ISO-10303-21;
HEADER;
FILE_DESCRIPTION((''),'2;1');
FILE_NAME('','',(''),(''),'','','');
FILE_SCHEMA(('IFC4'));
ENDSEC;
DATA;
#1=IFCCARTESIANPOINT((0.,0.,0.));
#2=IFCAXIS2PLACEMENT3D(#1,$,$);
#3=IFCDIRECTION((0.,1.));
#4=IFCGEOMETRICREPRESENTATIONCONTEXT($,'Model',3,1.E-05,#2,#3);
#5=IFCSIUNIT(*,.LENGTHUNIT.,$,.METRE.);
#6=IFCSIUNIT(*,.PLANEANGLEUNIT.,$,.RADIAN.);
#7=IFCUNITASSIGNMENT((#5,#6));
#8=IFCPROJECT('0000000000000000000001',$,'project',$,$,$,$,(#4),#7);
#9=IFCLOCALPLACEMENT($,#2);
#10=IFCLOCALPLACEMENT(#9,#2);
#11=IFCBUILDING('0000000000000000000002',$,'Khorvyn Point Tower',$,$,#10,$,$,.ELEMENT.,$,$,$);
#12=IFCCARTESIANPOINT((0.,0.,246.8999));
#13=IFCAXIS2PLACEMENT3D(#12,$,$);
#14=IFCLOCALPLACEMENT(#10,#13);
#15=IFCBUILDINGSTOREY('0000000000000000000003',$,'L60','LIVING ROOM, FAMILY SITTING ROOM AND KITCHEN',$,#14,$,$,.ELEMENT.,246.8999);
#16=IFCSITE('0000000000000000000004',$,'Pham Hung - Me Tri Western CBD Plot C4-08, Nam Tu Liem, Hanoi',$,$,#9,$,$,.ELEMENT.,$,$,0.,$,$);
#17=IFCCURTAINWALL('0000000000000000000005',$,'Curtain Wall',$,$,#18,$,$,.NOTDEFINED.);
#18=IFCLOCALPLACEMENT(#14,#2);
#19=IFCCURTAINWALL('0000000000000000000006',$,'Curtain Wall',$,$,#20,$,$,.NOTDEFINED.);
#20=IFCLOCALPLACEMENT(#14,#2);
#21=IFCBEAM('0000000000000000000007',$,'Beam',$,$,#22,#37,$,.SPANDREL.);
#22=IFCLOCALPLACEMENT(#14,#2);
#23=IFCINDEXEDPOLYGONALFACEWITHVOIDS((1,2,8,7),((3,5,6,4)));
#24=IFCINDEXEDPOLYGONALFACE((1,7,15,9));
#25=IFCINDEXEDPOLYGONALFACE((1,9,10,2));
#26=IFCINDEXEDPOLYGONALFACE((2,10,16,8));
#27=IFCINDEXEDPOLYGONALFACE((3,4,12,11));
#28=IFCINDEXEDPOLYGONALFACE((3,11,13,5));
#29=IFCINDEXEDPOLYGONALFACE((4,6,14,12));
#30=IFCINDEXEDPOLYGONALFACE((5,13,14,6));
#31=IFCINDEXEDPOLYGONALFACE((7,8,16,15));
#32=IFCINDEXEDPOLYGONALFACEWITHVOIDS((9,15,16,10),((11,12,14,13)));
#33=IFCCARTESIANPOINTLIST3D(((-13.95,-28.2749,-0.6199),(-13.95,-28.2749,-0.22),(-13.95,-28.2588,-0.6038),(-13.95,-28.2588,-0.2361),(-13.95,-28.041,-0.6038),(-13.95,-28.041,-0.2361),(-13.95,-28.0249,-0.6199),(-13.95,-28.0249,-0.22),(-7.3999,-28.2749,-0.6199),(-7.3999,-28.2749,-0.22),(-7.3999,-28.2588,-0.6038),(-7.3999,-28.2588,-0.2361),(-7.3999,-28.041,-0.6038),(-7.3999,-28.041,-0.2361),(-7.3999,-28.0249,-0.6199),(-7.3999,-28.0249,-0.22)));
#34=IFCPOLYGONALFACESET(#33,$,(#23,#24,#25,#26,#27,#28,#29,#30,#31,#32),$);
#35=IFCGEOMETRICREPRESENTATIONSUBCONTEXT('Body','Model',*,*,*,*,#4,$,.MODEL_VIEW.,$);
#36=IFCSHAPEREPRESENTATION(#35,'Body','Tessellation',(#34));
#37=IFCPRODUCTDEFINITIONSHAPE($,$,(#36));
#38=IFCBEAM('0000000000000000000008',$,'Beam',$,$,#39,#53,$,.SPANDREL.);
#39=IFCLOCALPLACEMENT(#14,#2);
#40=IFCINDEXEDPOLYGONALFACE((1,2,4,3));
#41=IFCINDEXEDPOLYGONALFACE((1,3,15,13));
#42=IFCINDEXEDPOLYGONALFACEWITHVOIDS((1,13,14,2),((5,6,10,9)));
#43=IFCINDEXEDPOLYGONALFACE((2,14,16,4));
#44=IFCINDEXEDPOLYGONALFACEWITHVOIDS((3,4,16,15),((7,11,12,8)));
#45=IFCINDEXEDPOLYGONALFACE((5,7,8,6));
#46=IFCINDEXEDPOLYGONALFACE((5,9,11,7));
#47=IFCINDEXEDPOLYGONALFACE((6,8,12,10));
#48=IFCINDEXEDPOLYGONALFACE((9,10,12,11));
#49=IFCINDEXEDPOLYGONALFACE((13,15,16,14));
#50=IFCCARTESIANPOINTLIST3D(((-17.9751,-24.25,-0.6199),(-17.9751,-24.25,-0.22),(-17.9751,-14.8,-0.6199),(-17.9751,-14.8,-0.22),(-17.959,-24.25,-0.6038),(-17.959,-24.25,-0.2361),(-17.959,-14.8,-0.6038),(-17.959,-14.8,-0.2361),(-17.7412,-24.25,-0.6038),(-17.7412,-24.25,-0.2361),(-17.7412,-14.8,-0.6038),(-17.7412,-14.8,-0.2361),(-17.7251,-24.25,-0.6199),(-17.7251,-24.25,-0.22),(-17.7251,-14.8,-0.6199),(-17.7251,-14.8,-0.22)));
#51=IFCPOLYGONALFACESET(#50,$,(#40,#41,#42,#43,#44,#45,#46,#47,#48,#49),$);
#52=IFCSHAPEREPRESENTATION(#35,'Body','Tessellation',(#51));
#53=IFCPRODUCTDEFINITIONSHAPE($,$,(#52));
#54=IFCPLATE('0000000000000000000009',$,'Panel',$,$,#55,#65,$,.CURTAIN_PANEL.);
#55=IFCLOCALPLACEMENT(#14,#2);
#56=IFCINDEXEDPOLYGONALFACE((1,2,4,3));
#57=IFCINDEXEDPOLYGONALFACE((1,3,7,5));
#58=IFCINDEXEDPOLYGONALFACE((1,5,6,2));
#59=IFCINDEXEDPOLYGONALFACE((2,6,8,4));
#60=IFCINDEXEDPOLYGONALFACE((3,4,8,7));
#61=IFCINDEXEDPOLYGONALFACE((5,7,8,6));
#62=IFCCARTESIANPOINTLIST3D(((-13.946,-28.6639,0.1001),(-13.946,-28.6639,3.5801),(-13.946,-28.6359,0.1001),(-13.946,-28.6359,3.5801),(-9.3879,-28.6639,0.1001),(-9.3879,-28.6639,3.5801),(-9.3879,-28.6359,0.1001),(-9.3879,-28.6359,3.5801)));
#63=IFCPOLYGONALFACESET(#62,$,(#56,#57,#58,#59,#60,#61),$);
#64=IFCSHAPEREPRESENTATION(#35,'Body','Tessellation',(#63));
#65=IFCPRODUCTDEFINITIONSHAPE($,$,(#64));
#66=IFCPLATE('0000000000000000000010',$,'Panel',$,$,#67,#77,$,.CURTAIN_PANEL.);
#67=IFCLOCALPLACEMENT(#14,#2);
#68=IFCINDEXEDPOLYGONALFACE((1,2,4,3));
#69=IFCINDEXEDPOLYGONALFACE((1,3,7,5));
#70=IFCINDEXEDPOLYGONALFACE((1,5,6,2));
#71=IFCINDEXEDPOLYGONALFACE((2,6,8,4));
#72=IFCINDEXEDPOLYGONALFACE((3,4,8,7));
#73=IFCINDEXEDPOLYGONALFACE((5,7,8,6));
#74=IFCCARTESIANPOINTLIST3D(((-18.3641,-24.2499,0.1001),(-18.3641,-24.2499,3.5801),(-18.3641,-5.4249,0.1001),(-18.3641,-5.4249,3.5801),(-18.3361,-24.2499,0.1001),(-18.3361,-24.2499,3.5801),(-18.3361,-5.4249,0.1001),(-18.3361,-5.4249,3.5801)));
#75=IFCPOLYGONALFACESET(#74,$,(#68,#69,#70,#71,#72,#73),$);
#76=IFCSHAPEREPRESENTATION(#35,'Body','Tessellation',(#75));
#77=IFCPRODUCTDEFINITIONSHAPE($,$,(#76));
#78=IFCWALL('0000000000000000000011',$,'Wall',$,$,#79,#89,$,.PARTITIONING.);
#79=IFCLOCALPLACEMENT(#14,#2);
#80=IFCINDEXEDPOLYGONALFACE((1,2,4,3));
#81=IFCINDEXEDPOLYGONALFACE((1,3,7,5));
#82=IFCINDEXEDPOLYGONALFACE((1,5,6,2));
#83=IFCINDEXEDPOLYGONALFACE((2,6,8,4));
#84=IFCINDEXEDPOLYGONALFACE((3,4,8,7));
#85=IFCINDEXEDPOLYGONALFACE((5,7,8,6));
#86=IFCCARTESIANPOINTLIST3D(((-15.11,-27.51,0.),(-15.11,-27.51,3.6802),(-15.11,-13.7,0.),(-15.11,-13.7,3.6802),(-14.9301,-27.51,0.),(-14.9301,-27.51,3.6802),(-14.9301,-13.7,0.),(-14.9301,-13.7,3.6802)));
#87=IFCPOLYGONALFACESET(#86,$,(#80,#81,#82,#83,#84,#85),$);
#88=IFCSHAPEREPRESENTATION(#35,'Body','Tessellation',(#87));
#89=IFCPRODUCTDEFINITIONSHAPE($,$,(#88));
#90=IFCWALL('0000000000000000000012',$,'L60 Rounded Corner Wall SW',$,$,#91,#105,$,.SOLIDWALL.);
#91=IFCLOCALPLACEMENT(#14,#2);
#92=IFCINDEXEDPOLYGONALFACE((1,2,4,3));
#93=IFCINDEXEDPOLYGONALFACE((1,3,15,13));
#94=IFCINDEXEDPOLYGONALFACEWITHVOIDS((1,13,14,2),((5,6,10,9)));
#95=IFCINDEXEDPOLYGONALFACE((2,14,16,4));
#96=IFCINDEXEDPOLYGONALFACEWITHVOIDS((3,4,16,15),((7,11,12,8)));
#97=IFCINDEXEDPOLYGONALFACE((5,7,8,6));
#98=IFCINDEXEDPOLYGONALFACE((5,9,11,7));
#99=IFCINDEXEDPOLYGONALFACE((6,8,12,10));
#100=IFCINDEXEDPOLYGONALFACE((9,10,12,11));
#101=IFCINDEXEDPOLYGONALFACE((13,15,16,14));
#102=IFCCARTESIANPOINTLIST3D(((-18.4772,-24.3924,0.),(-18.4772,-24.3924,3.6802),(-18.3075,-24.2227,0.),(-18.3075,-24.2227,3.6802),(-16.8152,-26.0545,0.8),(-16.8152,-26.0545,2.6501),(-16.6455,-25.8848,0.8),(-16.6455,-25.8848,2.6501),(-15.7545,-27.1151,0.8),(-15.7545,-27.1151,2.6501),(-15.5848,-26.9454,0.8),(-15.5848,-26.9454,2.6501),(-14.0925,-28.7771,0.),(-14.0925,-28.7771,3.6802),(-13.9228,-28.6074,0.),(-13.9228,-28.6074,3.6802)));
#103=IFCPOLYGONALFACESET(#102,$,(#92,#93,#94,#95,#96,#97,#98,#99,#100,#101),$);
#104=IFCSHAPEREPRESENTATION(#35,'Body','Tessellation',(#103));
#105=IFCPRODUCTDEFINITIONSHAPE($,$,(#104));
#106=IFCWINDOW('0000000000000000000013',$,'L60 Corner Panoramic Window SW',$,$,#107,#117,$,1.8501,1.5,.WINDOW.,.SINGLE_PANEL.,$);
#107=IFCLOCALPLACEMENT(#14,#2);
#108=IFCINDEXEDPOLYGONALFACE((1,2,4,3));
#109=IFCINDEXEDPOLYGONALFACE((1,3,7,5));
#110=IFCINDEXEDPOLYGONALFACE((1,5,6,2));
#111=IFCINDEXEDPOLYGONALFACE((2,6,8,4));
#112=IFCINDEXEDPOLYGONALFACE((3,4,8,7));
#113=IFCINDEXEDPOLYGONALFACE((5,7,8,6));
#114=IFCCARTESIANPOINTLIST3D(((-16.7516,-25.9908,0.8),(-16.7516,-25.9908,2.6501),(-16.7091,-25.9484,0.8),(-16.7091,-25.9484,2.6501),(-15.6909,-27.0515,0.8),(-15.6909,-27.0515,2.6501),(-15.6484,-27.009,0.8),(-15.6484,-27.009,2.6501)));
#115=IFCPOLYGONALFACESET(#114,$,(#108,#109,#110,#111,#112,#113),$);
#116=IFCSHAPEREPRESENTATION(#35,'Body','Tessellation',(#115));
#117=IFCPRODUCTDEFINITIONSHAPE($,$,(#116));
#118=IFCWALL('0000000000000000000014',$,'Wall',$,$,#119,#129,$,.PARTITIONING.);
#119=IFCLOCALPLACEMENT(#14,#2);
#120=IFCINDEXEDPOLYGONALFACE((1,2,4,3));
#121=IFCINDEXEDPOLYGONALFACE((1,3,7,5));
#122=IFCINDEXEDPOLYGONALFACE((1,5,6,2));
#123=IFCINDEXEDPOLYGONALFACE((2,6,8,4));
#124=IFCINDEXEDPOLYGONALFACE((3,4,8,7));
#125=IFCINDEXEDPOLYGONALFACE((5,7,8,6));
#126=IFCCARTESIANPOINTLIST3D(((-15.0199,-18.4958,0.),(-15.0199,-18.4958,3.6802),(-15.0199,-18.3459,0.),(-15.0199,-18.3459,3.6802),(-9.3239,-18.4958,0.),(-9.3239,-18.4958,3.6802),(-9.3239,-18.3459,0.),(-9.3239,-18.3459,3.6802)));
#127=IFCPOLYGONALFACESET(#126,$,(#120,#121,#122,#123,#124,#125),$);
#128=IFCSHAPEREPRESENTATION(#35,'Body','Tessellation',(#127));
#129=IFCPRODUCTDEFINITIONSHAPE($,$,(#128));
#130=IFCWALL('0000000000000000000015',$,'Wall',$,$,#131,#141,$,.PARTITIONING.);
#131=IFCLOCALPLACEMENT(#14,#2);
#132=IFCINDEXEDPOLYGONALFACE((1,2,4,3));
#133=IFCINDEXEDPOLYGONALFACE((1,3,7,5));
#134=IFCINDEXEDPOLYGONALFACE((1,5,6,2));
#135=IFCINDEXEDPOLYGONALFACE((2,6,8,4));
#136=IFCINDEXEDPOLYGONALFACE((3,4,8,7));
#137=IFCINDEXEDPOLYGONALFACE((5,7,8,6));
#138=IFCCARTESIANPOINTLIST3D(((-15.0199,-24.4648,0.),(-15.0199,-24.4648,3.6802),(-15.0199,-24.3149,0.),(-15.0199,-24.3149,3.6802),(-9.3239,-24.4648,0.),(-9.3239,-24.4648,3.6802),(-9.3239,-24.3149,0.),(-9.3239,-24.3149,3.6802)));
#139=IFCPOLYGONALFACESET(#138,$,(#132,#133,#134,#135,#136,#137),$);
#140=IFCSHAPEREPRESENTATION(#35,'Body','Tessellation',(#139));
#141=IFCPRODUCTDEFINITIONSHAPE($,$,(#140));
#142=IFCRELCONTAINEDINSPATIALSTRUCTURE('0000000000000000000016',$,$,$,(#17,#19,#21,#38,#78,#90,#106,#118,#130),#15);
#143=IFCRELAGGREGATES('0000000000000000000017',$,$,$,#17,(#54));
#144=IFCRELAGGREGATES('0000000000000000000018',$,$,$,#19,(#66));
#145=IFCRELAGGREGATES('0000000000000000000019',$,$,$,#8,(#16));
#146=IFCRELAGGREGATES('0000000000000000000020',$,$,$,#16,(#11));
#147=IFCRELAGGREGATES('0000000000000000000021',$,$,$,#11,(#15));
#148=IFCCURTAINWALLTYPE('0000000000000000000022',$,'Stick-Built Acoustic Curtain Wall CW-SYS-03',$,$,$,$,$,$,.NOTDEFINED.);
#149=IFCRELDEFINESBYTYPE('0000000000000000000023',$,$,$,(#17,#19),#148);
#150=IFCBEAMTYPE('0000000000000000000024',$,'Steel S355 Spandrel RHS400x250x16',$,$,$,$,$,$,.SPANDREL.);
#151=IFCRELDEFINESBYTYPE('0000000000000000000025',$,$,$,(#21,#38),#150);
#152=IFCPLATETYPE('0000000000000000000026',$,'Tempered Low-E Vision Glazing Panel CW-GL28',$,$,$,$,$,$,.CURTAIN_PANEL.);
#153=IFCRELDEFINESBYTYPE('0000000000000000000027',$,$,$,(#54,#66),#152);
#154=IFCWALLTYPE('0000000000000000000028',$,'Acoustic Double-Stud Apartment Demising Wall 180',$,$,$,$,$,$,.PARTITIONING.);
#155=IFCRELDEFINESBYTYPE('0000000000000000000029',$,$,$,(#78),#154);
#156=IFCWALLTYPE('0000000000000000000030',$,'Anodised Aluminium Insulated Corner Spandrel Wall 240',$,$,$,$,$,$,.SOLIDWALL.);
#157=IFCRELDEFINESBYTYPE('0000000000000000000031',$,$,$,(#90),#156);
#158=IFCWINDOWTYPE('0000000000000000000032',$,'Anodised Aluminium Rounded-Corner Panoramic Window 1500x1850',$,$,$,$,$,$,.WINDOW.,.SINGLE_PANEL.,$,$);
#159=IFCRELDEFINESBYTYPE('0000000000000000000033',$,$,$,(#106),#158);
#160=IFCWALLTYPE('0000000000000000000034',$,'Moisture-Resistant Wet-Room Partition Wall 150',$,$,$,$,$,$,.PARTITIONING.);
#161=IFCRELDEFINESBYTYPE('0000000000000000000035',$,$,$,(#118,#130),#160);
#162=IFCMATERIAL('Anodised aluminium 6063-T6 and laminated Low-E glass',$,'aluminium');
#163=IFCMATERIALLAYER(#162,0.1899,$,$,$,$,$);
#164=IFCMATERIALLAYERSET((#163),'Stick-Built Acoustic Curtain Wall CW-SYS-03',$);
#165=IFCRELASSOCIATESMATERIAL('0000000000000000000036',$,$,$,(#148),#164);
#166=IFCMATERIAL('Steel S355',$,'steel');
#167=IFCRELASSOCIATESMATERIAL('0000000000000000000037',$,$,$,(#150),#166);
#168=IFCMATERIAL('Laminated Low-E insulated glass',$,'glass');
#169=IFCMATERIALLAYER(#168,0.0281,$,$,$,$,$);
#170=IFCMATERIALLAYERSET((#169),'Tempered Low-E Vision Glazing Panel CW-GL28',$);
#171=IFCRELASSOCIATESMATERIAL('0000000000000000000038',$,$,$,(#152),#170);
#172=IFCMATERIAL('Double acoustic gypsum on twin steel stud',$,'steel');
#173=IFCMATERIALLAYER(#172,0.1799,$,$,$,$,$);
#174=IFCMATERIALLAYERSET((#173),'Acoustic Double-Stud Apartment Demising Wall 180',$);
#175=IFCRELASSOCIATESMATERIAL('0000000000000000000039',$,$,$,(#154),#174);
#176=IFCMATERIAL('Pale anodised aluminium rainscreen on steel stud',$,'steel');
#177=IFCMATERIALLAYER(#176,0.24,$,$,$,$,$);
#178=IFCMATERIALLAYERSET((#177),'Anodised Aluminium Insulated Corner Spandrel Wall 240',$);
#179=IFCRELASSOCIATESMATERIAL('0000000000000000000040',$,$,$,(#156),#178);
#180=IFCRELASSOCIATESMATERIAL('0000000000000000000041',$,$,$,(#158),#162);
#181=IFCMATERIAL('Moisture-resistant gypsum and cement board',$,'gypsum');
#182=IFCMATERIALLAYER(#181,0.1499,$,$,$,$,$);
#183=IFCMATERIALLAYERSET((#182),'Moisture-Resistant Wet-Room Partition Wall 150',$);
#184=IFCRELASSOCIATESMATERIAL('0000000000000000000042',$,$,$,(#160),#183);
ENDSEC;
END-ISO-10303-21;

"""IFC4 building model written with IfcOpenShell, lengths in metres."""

from ifc_helpers import new_model, si_unit, direction, frame, frame_2d, origin, origin_2d, place, context, subcontext, project, spatial, rectangle, hollow_rectangle, extrude, material, layer, layer_set, material_profile, profile_set, type_object, element, fill, aggregate, save


model = new_model("IFC4")

# Units and contexts
model_context = context("Model", 3, precision=1e-05, world=origin(), true_north=direction((0.0, 1.0)))
body_context = subcontext(model_context, "Body", "Model", "MODEL_VIEW")
ifc_project = project(units=[si_unit("LENGTHUNIT", "METRE"), si_unit("PLANEANGLEUNIT", "RADIAN")], contexts=[model_context])

# Site, building, storey
site_placement = place(None, origin())
site = spatial("IfcSite", under=ifc_project, at=site_placement, Name="Pham Hung - Me Tri Western CBD Plot C4-08, Nam Tu Liem, Hanoi", CompositionType="ELEMENT", RefElevation=0.0)
building_placement = place(site_placement, origin())
building = spatial("IfcBuilding", under=site, at=building_placement, Name="Khorvyn Point Tower", CompositionType="ELEMENT")
storey_placement = place(building_placement, frame((0.0, 0.0, 246.8999)))
storey = spatial("IfcBuildingStorey", under=building, at=storey_placement, Name="L60", Description="LIVING ROOM, FAMILY SITTING ROOM AND KITCHEN", CompositionType="ELEMENT", Elevation=246.8999)

# Curtain wall
ifc_material_1 = material(Name="Anodised aluminium 6063-T6 and laminated Low-E glass", Category="aluminium")
ifc_layer_1 = layer(ifc_material_1, 0.1899)
ifc_layer_set_1 = layer_set([ifc_layer_1], Name="Stick-Built Acoustic Curtain Wall CW-SYS-03")
curtain_wall_type = type_object("IfcCurtainWallType", Name="Stick-Built Acoustic Curtain Wall CW-SYS-03", PredefinedType="NOTDEFINED", material=ifc_layer_set_1)
curtain_wall_1_placement = place(storey_placement, origin())
curtain_wall_1 = element("IfcCurtainWall", 1, at=curtain_wall_1_placement, inside=storey, type_object=curtain_wall_type, Name="Curtain Wall", PredefinedType="NOTDEFINED")

# Curtain wall
curtain_wall_2_placement = place(storey_placement, origin())
curtain_wall_2 = element("IfcCurtainWall", 2, at=curtain_wall_2_placement, inside=storey, type_object=curtain_wall_type, Name="Curtain Wall", PredefinedType="NOTDEFINED")

# Beams
ifc_material_2 = material(Name="Steel S355", Category="steel")
ifc_material_profile_1 = material_profile(ifc_material_2, hollow_rectangle(XDim=0.25, YDim=0.3999, WallThickness=0.0161, at=origin_2d()))
ifc_profile_set_1 = profile_set([ifc_material_profile_1], Name="Steel S355 RHS400x250x16")
beam_type_1 = type_object("IfcBeamType", Name="Steel S355 Spandrel RHS400x250x16", PredefinedType="SPANDREL", material=ifc_profile_set_1)
beam_1_placement = place(storey_placement, frame((-13.95, -28.1499, -0.4199), z_axis=(1.0, 0.0, 0.0), x_axis=(0.0, 1.0, 0.0)))
element("IfcBeam", 3, at=beam_1_placement, inside=storey, type_object=beam_type_1, Name="Beam", PredefinedType="SPANDREL", context=body_context, shape_type="SweptSolid", body=[
    extrude(hollow_rectangle(XDim=0.25, YDim=0.3999, WallThickness=0.0161, at=origin_2d()), origin(), (0.0, 0.0, 1.0), 6.55),
])
beam_2_placement = place(storey_placement, frame((-17.8501, -24.25, -0.4199), z_axis=(0.0, 1.0, 0.0), x_axis=(-1.0, 0.0, 0.0)))
element("IfcBeam", 4, at=beam_2_placement, inside=storey, type_object=beam_type_1, Name="Beam", PredefinedType="SPANDREL", context=body_context, shape_type="SweptSolid", body=[
    extrude(hollow_rectangle(XDim=0.25, YDim=0.3999, WallThickness=0.0161, at=origin_2d()), origin(), (0.0, 0.0, 1.0), 9.45),
])

# Plates
ifc_material_3 = material(Name="Laminated Low-E insulated glass", Category="glass")
ifc_layer_2 = layer(ifc_material_3, 0.0281)
ifc_layer_set_2 = layer_set([ifc_layer_2], Name="Tempered Low-E Vision Glazing Panel CW-GL28")
plate_type = type_object("IfcPlateType", Name="Tempered Low-E Vision Glazing Panel CW-GL28", PredefinedType="CURTAIN_PANEL", material=ifc_layer_set_2)
plate_1_placement = place(storey_placement, frame((-11.667, -28.6499, 0.1001), z_axis=(0.0, 0.0, 1.0), x_axis=(-1.0, 0.0, 0.0)))
plate_1 = element("IfcPlate", 5, at=plate_1_placement, type_object=plate_type, Name="Panel", PredefinedType="CURTAIN_PANEL", context=body_context, shape_type="SweptSolid", body=[
    extrude(rectangle(XDim=4.5581, YDim=0.0281, at=origin_2d()), origin(), (0.0, 0.0, 1.0), 3.48),
])
aggregate(curtain_wall_1, [plate_1])
plate_2_placement = place(storey_placement, frame((-18.3501, -14.8374, 0.1001), z_axis=(0.0, 0.0, 1.0), x_axis=(0.0, 1.0, 0.0)))
plate_2 = element("IfcPlate", 6, at=plate_2_placement, type_object=plate_type, Name="Panel", PredefinedType="CURTAIN_PANEL", context=body_context, shape_type="SweptSolid", body=[
    extrude(rectangle(XDim=18.825, YDim=0.0281, at=origin_2d()), origin(), (0.0, 0.0, 1.0), 3.48),
])
aggregate(curtain_wall_2, [plate_2])

# Wall
ifc_material_4 = material(Name="Double acoustic gypsum on twin steel stud", Category="steel")
ifc_layer_3 = layer(ifc_material_4, 0.1799)
ifc_layer_set_3 = layer_set([ifc_layer_3], Name="Acoustic Double-Stud Apartment Demising Wall 180")
wall_type_1 = type_object("IfcWallType", Name="Acoustic Double-Stud Apartment Demising Wall 180", PredefinedType="PARTITIONING", material=ifc_layer_set_3)
wall_1_placement = place(storey_placement, frame((-15.02, -27.51, 0.0), z_axis=(0.0, 0.0, 1.0), x_axis=(0.0, 1.0, 0.0)))
element("IfcWall", 7, at=wall_1_placement, inside=storey, type_object=wall_type_1, Name="Wall", PredefinedType="PARTITIONING", context=body_context, shape_type="SweptSolid", body=[
    extrude(rectangle(XDim=13.8101, YDim=0.1799, at=frame_2d((6.905, 0.0))), origin(), (0.0, 0.0, 1.0), 3.6802),
])

# Wall, opening, window
ifc_material_5 = material(Name="Pale anodised aluminium rainscreen on steel stud", Category="steel")
ifc_layer_4 = layer(ifc_material_5, 0.24)
ifc_layer_set_4 = layer_set([ifc_layer_4], Name="Anodised Aluminium Insulated Corner Spandrel Wall 240")
wall_type_2 = type_object("IfcWallType", Name="Anodised Aluminium Insulated Corner Spandrel Wall 240", PredefinedType="SOLIDWALL", material=ifc_layer_set_4)
wall_2_placement = place(storey_placement, frame((-14.0076, -28.6924, 0.0), z_axis=(0.0, 0.0, 1.0), x_axis=(-0.707107, 0.707107, 0.0)))
wall_2 = element("IfcWall", 8, at=wall_2_placement, inside=storey, type_object=wall_type_2, Name="L60 Rounded Corner Wall SW", PredefinedType="SOLIDWALL", context=body_context, shape_type="SweptSolid", body=[
    extrude(rectangle(XDim=6.2009, YDim=0.24, at=frame_2d((3.1006, 0.0))), origin(), (0.0, 0.0, 1.0), 3.6802),
])
opening_placement = place(wall_2_placement, frame((2.3506, 0.0, 0.8)))
opening = element("IfcOpeningElement", 9, at=opening_placement, cuts=wall_2, PredefinedType="OPENING", context=body_context, shape_type="SweptSolid", body=[
    extrude(rectangle(XDim=1.5, YDim=1.8501, at=frame_2d((0.75, 0.925))), frame((0.0, 0.1299, 0.0), z_axis=(0.0, -1.0, 0.0), x_axis=(1.0, 0.0, 0.0)), (0.0, 0.0, 1.0), 0.26),
])
window_type = type_object("IfcWindowType", Name="Anodised Aluminium Rounded-Corner Panoramic Window 1500x1850", PartitioningType="SINGLE_PANEL", PredefinedType="WINDOW", material=ifc_material_1)
window_placement = place(opening_placement, origin())
window = element("IfcWindow", 10, at=window_placement, inside=storey, type_object=window_type, Name="L60 Corner Panoramic Window SW", OverallHeight=1.8501, OverallWidth=1.5, PartitioningType="SINGLE_PANEL", PredefinedType="WINDOW", context=body_context, shape_type="SweptSolid", body=[
    extrude(rectangle(XDim=1.5, YDim=1.8501, at=frame_2d((0.75, 0.925))), frame((0.0, 0.03, 0.0), z_axis=(0.0, -1.0, 0.0), x_axis=(1.0, 0.0, 0.0)), (0.0, 0.0, 1.0), 0.0601),
])
fill(opening, window)

# Walls
ifc_material_6 = material(Name="Moisture-resistant gypsum and cement board", Category="gypsum")
ifc_layer_5 = layer(ifc_material_6, 0.1499)
ifc_layer_set_5 = layer_set([ifc_layer_5], Name="Moisture-Resistant Wet-Room Partition Wall 150")
wall_type_3 = type_object("IfcWallType", Name="Moisture-Resistant Wet-Room Partition Wall 150", PredefinedType="PARTITIONING", material=ifc_layer_set_5)
for number, where, z_axis, x_axis, name in (
    (11, (-15.02, -18.4209, 0.0), (0.0, 0.0, 1.0), (1.0, 0.0, 0.0), "Wall"),
    (12, (-15.02, -24.3899, 0.0), (0.0, 0.0, 1.0), (1.0, 0.0, 0.0), "Wall"),
):
    element("IfcWall", number, at=place(storey_placement, frame(where, z_axis=z_axis, x_axis=x_axis)), inside=storey, type_object=wall_type_3, Name=name, PredefinedType="PARTITIONING", context=body_context, shape_type="SweptSolid", body=[
        extrude(rectangle(XDim=5.696, YDim=0.1499, at=frame_2d((2.8481, 0.0))), origin(), (0.0, 0.0, 1.0), 3.6802),
    ])

save(model, "model.ifc")
